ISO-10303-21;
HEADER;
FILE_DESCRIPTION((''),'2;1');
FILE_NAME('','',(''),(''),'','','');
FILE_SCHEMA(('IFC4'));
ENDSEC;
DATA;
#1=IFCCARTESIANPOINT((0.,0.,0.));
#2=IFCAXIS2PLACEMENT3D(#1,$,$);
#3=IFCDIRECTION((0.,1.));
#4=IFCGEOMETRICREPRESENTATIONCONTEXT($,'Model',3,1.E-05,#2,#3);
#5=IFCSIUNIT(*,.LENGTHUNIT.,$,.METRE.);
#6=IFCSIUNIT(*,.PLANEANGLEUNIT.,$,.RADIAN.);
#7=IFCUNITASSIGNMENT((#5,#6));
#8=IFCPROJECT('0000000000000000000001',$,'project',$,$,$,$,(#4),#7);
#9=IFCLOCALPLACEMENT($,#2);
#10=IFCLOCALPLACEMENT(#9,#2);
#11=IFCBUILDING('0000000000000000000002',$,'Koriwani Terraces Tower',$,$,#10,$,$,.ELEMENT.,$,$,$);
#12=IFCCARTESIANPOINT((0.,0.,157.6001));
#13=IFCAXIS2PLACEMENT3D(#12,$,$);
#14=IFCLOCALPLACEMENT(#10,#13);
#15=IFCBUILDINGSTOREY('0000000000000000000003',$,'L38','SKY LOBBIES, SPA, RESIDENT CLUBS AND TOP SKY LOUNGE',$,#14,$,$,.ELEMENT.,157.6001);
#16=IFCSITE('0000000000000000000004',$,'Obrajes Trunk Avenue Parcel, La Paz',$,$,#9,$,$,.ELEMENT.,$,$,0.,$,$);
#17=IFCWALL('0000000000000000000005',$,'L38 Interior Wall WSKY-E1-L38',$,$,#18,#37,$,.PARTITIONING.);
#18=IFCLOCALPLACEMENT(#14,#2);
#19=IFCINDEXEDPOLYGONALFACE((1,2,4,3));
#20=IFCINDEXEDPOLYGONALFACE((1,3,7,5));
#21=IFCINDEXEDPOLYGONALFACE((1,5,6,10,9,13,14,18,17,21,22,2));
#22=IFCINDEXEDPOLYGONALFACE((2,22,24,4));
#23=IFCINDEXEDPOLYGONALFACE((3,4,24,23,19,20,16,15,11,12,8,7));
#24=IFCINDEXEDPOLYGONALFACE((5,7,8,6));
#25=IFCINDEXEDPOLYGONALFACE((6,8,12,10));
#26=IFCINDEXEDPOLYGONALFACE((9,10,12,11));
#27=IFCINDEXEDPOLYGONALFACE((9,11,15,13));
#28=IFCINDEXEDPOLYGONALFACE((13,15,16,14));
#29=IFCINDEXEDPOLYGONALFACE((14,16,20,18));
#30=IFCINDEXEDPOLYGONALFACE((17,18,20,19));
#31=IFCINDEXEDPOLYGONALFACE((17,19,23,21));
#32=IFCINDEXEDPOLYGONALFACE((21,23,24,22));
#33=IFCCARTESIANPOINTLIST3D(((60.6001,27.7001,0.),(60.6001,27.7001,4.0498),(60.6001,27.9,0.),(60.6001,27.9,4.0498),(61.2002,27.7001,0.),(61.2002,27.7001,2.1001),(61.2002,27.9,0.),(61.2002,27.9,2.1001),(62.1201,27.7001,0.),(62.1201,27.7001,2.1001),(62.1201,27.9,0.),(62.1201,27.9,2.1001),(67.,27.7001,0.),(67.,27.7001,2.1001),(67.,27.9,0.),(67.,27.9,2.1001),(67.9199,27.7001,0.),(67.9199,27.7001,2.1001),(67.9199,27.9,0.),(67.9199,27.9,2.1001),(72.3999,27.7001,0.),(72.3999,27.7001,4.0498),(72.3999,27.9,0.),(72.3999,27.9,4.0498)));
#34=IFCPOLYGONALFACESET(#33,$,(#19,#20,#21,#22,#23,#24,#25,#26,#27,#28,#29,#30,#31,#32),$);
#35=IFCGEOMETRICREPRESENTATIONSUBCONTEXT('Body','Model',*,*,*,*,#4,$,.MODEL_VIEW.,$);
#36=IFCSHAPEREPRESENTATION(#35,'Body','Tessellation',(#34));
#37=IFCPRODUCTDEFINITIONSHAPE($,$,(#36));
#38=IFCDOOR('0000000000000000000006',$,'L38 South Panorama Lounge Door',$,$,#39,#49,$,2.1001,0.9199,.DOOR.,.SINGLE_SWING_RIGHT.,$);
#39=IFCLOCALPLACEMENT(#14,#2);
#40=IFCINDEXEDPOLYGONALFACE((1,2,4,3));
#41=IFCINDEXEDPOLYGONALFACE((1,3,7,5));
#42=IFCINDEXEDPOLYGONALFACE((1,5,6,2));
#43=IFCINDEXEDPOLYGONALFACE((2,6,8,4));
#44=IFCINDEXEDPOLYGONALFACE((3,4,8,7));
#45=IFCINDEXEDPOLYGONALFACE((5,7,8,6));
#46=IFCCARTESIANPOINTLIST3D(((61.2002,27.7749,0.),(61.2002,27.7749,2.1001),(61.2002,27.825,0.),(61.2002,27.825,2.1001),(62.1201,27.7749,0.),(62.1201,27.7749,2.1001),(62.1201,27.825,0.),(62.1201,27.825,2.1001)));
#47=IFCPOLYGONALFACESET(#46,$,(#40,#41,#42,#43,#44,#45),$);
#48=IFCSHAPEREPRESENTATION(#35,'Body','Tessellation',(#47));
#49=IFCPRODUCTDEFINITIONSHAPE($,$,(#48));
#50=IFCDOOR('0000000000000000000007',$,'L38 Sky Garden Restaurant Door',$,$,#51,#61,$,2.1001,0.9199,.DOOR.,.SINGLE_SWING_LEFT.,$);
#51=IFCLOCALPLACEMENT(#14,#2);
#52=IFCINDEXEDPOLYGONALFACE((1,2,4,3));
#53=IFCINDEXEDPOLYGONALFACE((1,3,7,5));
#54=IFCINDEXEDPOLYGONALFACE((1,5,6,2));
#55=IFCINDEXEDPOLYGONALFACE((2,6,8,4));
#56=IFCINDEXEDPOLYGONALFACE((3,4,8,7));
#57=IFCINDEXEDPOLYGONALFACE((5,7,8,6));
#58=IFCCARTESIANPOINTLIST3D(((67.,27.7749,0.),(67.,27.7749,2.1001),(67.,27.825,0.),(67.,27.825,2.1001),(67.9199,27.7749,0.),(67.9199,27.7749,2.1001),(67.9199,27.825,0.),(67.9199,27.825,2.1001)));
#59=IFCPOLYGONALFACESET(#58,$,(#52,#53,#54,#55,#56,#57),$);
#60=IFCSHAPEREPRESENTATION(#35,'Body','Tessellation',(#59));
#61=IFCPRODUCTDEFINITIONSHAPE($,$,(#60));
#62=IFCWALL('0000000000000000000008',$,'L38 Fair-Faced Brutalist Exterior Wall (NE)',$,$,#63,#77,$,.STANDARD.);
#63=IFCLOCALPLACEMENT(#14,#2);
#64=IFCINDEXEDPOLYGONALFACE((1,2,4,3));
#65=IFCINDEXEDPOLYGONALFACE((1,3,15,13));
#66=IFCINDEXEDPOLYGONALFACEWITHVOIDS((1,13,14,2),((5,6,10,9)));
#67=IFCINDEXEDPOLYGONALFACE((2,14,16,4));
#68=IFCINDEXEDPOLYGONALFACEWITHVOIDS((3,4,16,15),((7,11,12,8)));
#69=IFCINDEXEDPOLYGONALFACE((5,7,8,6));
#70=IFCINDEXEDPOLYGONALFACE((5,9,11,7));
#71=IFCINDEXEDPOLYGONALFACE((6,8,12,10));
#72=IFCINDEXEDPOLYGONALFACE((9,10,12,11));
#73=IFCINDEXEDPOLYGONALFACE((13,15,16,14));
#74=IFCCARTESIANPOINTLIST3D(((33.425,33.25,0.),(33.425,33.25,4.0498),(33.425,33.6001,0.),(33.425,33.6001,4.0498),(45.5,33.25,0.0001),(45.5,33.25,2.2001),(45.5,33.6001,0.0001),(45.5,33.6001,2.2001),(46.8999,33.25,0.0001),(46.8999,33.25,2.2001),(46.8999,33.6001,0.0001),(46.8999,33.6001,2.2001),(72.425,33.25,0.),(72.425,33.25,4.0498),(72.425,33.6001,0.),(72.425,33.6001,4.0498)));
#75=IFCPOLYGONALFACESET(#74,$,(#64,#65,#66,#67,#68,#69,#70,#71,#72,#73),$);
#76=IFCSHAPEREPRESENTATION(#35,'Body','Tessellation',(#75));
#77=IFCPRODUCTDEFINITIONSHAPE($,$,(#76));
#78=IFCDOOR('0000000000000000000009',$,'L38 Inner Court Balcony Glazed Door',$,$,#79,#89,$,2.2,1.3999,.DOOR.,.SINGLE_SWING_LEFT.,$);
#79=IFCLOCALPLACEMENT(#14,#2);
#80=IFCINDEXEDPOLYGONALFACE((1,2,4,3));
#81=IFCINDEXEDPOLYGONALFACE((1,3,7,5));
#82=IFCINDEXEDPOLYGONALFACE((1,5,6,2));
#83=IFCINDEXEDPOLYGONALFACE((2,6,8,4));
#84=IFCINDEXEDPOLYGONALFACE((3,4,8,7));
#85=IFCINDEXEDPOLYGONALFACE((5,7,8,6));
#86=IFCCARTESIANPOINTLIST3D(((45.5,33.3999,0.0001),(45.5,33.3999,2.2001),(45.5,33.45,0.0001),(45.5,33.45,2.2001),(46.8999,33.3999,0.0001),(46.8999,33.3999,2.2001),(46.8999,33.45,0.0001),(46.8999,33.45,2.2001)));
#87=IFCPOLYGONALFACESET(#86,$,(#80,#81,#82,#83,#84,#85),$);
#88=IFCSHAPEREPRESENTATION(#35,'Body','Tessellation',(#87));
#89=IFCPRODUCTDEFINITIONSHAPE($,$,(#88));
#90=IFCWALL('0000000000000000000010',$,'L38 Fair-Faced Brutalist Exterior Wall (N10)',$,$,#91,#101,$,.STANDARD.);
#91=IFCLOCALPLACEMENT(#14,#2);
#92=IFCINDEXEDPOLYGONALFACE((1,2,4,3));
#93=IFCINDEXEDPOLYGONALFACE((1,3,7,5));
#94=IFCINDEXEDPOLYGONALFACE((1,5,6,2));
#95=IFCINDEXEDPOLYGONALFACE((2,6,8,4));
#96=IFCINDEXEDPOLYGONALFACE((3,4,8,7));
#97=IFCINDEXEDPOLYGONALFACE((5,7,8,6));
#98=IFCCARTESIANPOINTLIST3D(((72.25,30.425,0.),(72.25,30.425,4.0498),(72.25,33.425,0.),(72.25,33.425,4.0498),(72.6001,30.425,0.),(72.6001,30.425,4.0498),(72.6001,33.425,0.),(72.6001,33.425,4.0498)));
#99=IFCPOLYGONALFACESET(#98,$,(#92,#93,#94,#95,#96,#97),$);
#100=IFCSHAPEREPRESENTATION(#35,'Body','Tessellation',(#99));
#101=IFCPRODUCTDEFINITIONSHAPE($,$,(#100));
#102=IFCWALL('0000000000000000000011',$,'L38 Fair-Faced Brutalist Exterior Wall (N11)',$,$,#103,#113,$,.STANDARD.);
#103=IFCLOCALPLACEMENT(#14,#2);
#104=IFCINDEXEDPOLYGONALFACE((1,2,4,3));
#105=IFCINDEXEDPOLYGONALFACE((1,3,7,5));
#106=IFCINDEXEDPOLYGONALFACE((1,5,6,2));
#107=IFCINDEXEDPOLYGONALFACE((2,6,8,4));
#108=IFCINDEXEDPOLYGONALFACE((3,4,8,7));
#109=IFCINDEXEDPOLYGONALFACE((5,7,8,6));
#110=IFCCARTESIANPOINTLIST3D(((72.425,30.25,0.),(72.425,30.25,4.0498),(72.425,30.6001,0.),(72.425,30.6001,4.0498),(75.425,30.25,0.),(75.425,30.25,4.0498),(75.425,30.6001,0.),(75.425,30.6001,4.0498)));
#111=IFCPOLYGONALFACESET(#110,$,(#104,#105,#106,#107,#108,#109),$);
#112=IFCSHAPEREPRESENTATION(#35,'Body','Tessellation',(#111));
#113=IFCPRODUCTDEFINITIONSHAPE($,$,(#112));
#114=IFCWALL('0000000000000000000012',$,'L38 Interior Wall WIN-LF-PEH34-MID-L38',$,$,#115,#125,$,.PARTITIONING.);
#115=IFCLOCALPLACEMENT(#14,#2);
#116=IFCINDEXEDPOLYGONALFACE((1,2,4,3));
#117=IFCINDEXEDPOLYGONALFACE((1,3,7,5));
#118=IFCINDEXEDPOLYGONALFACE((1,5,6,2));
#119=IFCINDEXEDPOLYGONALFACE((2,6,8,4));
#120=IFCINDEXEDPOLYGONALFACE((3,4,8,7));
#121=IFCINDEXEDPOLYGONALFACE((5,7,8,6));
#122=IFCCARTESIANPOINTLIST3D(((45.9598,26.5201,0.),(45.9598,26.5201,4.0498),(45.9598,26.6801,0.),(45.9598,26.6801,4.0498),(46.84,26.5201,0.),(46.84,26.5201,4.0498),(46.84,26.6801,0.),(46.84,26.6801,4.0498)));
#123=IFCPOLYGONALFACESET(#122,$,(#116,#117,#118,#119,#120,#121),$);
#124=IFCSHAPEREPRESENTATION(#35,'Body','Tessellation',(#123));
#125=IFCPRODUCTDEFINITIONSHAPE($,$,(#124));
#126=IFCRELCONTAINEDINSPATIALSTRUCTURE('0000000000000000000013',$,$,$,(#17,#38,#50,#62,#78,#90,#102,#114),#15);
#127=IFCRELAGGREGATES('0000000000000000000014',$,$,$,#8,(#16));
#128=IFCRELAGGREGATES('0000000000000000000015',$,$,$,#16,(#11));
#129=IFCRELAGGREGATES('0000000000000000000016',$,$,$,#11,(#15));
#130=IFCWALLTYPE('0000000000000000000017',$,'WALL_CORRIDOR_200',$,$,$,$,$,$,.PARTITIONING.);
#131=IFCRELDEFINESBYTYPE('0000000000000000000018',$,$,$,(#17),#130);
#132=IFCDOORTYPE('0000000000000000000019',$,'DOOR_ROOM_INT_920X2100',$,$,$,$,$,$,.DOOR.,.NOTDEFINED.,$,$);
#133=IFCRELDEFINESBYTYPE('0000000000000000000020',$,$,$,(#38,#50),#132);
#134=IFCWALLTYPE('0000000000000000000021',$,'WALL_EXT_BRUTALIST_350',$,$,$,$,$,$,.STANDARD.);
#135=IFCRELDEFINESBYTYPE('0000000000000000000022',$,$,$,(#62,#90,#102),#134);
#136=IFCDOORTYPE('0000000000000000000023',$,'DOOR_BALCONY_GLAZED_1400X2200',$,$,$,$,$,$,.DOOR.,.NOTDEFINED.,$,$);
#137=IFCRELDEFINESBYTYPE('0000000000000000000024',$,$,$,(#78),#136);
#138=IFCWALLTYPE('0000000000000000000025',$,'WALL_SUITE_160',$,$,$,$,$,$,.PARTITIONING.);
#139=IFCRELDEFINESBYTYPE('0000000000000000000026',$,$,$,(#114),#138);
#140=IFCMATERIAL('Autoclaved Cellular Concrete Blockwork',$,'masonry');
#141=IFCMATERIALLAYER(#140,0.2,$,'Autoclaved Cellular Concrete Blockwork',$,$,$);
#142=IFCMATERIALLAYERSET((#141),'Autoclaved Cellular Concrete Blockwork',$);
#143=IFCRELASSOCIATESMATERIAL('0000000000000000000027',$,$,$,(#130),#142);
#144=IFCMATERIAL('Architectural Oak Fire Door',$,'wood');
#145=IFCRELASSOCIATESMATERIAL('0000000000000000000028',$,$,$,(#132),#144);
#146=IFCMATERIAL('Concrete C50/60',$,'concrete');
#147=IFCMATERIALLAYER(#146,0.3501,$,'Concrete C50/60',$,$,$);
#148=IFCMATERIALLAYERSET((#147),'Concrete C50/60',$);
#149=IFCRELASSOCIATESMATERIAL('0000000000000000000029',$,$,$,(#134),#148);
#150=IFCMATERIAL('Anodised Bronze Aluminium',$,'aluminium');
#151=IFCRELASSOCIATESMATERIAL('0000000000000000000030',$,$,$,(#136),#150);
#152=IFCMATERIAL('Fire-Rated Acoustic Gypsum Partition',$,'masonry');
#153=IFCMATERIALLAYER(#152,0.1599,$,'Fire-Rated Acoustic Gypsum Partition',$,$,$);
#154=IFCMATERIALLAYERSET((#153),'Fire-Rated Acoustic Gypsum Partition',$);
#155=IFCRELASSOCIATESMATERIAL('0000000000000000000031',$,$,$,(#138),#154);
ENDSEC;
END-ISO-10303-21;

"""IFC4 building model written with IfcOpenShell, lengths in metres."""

from ifc_helpers import new_model, si_unit, direction, frame, frame_2d, origin, place, context, subcontext, project, spatial, rectangle, extrude, material, layer, layer_set, type_object, element, fill, save


model = new_model("IFC4")

# Units and contexts
model_context = context("Model", 3, precision=1e-05, world=origin(), true_north=direction((0.0, 1.0)))
body_context = subcontext(model_context, "Body", "Model", "MODEL_VIEW")
ifc_project = project(units=[si_unit("LENGTHUNIT", "METRE"), si_unit("PLANEANGLEUNIT", "RADIAN")], contexts=[model_context])

# Site, building, storey
site_placement = place(None, origin())
site = spatial("IfcSite", under=ifc_project, at=site_placement, Name="Obrajes Trunk Avenue Parcel, La Paz", CompositionType="ELEMENT", RefElevation=0.0)
building_placement = place(site_placement, origin())
building = spatial("IfcBuilding", under=site, at=building_placement, Name="Koriwani Terraces Tower", CompositionType="ELEMENT")
storey_placement = place(building_placement, frame((0.0, 0.0, 157.6001)))
storey = spatial("IfcBuildingStorey", under=building, at=storey_placement, Name="L38", Description="SKY LOBBIES, SPA, RESIDENT CLUBS AND TOP SKY LOUNGE", CompositionType="ELEMENT", Elevation=157.6001)

# Shared definitions
ifc_material_1 = material(Name="Concrete C50/60", Category="concrete")

# Shared definitions
ifc_material_2 = material(Name="Anodised Bronze Aluminium", Category="aluminium")

# Wall, openings, doors
ifc_material_3 = material(Name="Autoclaved Cellular Concrete Blockwork", Category="masonry")
ifc_layer_1 = layer(ifc_material_3, 0.2, Name="Autoclaved Cellular Concrete Blockwork")
ifc_layer_set_1 = layer_set([ifc_layer_1], Name="Autoclaved Cellular Concrete Blockwork")
wall_type_1 = type_object("IfcWallType", Name="WALL_CORRIDOR_200", PredefinedType="PARTITIONING", material=ifc_layer_set_1)
wall_1_placement = place(storey_placement, frame((60.6001, 27.8, 0.0), z_axis=(0.0, 0.0, 1.0), x_axis=(1.0, 0.0, 0.0)))
wall_1 = element("IfcWall", 1, at=wall_1_placement, inside=storey, type_object=wall_type_1, Name="L38 Interior Wall WSKY-E1-L38", PredefinedType="PARTITIONING", context=body_context, shape_type="SweptSolid", body=[
    extrude(rectangle(XDim=11.7998, YDim=0.2, at=frame_2d((5.8999, 0.0))), origin(), (0.0, 0.0, 1.0), 4.0498),
])
opening_1_placement = place(wall_1_placement, frame((0.6001, 0.0, 0.0)))
opening_1 = element("IfcOpeningElement", 2, at=opening_1_placement, cuts=wall_1, PredefinedType="OPENING", context=body_context, shape_type="SweptSolid", body=[
    extrude(rectangle(XDim=0.9199, YDim=2.1001, at=frame_2d((0.46, 1.05))), frame((0.0, 0.1099, 0.0), z_axis=(0.0, -1.0, 0.0), x_axis=(1.0, 0.0, 0.0)), (0.0, 0.0, 1.0), 0.22),
])
opening_2_placement = place(wall_1_placement, frame((6.3999, 0.0, 0.0)))
opening_2 = element("IfcOpeningElement", 3, at=opening_2_placement, cuts=wall_1, PredefinedType="OPENING", context=body_context, shape_type="SweptSolid", body=[
    extrude(rectangle(XDim=0.9199, YDim=2.1001, at=frame_2d((0.46, 1.05))), frame((0.0, 0.1099, 0.0), z_axis=(0.0, -1.0, 0.0), x_axis=(1.0, 0.0, 0.0)), (0.0, 0.0, 1.0), 0.22),
])
ifc_material_4 = material(Name="Architectural Oak Fire Door", Category="wood")
door_type_1 = type_object("IfcDoorType", Name="DOOR_ROOM_INT_920X2100", OperationType="NOTDEFINED", PredefinedType="DOOR", material=ifc_material_4)
door_1_placement = place(opening_1_placement, origin())
door_1 = element("IfcDoor", 4, at=door_1_placement, inside=storey, type_object=door_type_1, Name="L38 South Panorama Lounge Door", OperationType="SINGLE_SWING_RIGHT", OverallHeight=2.1001, OverallWidth=0.9199, PredefinedType="DOOR", context=body_context, shape_type="SweptSolid", body=[
    extrude(rectangle(XDim=0.9199, YDim=2.1001, at=frame_2d((0.46, 1.05))), frame((0.0, 0.0249, 0.0), z_axis=(0.0, -1.0, 0.0), x_axis=(1.0, 0.0, 0.0)), (0.0, 0.0, 1.0), 0.05),
])
fill(opening_1, door_1)
door_2_placement = place(opening_2_placement, origin())
door_2 = element("IfcDoor", 5, at=door_2_placement, inside=storey, type_object=door_type_1, Name="L38 Sky Garden Restaurant Door", OperationType="SINGLE_SWING_LEFT", OverallHeight=2.1001, OverallWidth=0.9199, PredefinedType="DOOR", context=body_context, shape_type="SweptSolid", body=[
    extrude(rectangle(XDim=0.9199, YDim=2.1001, at=frame_2d((0.46, 1.05))), frame((0.0, 0.0249, 0.0), z_axis=(0.0, -1.0, 0.0), x_axis=(1.0, 0.0, 0.0)), (0.0, 0.0, 1.0), 0.05),
])
fill(opening_2, door_2)

# Wall, opening, door
ifc_layer_2 = layer(ifc_material_1, 0.3501, Name="Concrete C50/60")
ifc_layer_set_2 = layer_set([ifc_layer_2], Name="Concrete C50/60")
wall_type_2 = type_object("IfcWallType", Name="WALL_EXT_BRUTALIST_350", PredefinedType="STANDARD", material=ifc_layer_set_2)
wall_2_placement = place(storey_placement, frame((33.425, 33.425, 0.0), z_axis=(0.0, 0.0, 1.0), x_axis=(1.0, 0.0, 0.0)))
wall_2 = element("IfcWall", 6, at=wall_2_placement, inside=storey, type_object=wall_type_2, Name="L38 Fair-Faced Brutalist Exterior Wall (NE)", PredefinedType="STANDARD", context=body_context, shape_type="SweptSolid", body=[
    extrude(rectangle(XDim=39.0, YDim=0.3501, at=frame_2d((19.5, 0.0))), origin(), (0.0, 0.0, 1.0), 4.0498),
])
opening_3_placement = place(wall_2_placement, frame((12.075, 0.0, 0.0)))
opening_3 = element("IfcOpeningElement", 7, at=opening_3_placement, cuts=wall_2, PredefinedType="OPENING", context=body_context, shape_type="SweptSolid", body=[
    extrude(rectangle(XDim=1.3999, YDim=2.2, at=frame_2d((0.7, 1.1001))), frame((0.0, 0.1851, 0.0), z_axis=(0.0, -1.0, 0.0), x_axis=(1.0, 0.0, 0.0)), (0.0, 0.0, 1.0), 0.3701),
])
door_type_2 = type_object("IfcDoorType", Name="DOOR_BALCONY_GLAZED_1400X2200", OperationType="NOTDEFINED", PredefinedType="DOOR", material=ifc_material_2)
door_3_placement = place(opening_3_placement, origin())
door_3 = element("IfcDoor", 8, at=door_3_placement, inside=storey, type_object=door_type_2, Name="L38 Inner Court Balcony Glazed Door", OperationType="SINGLE_SWING_LEFT", OverallHeight=2.2, OverallWidth=1.3999, PredefinedType="DOOR", context=body_context, shape_type="SweptSolid", body=[
    extrude(rectangle(XDim=1.3999, YDim=2.2, at=frame_2d((0.7, 1.1001))), frame((0.0, 0.0249, 0.0), z_axis=(0.0, -1.0, 0.0), x_axis=(1.0, 0.0, 0.0)), (0.0, 0.0, 1.0), 0.05),
])
fill(opening_3, door_3)

# Walls
for number, where, z_axis, x_axis, name in (
    (9, (72.425, 33.425, 0.0), (0.0, 0.0, 1.0), (0.0, -1.0, 0.0), "L38 Fair-Faced Brutalist Exterior Wall (N10)"),
    (10, (72.425, 30.425, 0.0), (0.0, 0.0, 1.0), (1.0, 0.0, 0.0), "L38 Fair-Faced Brutalist Exterior Wall (N11)"),
):
    element("IfcWall", number, at=place(storey_placement, frame(where, z_axis=z_axis, x_axis=x_axis)), inside=storey, type_object=wall_type_2, Name=name, PredefinedType="STANDARD", context=body_context, shape_type="SweptSolid", body=[
        extrude(rectangle(XDim=3.0, YDim=0.3501, at=frame_2d((1.5, 0.0))), origin(), (0.0, 0.0, 1.0), 4.0498),
    ])

# Wall
ifc_material_5 = material(Name="Fire-Rated Acoustic Gypsum Partition", Category="masonry")
ifc_layer_3 = layer(ifc_material_5, 0.1599, Name="Fire-Rated Acoustic Gypsum Partition")
ifc_layer_set_3 = layer_set([ifc_layer_3], Name="Fire-Rated Acoustic Gypsum Partition")
wall_type_3 = type_object("IfcWallType", Name="WALL_SUITE_160", PredefinedType="PARTITIONING", material=ifc_layer_set_3)
wall_3_placement = place(storey_placement, frame((45.96, 26.6001, 0.0), z_axis=(0.0, 0.0, 1.0), x_axis=(1.0, 0.0, 0.0)))
element("IfcWall", 11, at=wall_3_placement, inside=storey, type_object=wall_type_3, Name="L38 Interior Wall WIN-LF-PEH34-MID-L38", PredefinedType="PARTITIONING", context=body_context, shape_type="SweptSolid", body=[
    extrude(rectangle(XDim=0.8801, YDim=0.1599, at=frame_2d((0.4399, 0.0))), origin(), (0.0, 0.0, 1.0), 4.0498),
])

save(model, "model.ifc")
